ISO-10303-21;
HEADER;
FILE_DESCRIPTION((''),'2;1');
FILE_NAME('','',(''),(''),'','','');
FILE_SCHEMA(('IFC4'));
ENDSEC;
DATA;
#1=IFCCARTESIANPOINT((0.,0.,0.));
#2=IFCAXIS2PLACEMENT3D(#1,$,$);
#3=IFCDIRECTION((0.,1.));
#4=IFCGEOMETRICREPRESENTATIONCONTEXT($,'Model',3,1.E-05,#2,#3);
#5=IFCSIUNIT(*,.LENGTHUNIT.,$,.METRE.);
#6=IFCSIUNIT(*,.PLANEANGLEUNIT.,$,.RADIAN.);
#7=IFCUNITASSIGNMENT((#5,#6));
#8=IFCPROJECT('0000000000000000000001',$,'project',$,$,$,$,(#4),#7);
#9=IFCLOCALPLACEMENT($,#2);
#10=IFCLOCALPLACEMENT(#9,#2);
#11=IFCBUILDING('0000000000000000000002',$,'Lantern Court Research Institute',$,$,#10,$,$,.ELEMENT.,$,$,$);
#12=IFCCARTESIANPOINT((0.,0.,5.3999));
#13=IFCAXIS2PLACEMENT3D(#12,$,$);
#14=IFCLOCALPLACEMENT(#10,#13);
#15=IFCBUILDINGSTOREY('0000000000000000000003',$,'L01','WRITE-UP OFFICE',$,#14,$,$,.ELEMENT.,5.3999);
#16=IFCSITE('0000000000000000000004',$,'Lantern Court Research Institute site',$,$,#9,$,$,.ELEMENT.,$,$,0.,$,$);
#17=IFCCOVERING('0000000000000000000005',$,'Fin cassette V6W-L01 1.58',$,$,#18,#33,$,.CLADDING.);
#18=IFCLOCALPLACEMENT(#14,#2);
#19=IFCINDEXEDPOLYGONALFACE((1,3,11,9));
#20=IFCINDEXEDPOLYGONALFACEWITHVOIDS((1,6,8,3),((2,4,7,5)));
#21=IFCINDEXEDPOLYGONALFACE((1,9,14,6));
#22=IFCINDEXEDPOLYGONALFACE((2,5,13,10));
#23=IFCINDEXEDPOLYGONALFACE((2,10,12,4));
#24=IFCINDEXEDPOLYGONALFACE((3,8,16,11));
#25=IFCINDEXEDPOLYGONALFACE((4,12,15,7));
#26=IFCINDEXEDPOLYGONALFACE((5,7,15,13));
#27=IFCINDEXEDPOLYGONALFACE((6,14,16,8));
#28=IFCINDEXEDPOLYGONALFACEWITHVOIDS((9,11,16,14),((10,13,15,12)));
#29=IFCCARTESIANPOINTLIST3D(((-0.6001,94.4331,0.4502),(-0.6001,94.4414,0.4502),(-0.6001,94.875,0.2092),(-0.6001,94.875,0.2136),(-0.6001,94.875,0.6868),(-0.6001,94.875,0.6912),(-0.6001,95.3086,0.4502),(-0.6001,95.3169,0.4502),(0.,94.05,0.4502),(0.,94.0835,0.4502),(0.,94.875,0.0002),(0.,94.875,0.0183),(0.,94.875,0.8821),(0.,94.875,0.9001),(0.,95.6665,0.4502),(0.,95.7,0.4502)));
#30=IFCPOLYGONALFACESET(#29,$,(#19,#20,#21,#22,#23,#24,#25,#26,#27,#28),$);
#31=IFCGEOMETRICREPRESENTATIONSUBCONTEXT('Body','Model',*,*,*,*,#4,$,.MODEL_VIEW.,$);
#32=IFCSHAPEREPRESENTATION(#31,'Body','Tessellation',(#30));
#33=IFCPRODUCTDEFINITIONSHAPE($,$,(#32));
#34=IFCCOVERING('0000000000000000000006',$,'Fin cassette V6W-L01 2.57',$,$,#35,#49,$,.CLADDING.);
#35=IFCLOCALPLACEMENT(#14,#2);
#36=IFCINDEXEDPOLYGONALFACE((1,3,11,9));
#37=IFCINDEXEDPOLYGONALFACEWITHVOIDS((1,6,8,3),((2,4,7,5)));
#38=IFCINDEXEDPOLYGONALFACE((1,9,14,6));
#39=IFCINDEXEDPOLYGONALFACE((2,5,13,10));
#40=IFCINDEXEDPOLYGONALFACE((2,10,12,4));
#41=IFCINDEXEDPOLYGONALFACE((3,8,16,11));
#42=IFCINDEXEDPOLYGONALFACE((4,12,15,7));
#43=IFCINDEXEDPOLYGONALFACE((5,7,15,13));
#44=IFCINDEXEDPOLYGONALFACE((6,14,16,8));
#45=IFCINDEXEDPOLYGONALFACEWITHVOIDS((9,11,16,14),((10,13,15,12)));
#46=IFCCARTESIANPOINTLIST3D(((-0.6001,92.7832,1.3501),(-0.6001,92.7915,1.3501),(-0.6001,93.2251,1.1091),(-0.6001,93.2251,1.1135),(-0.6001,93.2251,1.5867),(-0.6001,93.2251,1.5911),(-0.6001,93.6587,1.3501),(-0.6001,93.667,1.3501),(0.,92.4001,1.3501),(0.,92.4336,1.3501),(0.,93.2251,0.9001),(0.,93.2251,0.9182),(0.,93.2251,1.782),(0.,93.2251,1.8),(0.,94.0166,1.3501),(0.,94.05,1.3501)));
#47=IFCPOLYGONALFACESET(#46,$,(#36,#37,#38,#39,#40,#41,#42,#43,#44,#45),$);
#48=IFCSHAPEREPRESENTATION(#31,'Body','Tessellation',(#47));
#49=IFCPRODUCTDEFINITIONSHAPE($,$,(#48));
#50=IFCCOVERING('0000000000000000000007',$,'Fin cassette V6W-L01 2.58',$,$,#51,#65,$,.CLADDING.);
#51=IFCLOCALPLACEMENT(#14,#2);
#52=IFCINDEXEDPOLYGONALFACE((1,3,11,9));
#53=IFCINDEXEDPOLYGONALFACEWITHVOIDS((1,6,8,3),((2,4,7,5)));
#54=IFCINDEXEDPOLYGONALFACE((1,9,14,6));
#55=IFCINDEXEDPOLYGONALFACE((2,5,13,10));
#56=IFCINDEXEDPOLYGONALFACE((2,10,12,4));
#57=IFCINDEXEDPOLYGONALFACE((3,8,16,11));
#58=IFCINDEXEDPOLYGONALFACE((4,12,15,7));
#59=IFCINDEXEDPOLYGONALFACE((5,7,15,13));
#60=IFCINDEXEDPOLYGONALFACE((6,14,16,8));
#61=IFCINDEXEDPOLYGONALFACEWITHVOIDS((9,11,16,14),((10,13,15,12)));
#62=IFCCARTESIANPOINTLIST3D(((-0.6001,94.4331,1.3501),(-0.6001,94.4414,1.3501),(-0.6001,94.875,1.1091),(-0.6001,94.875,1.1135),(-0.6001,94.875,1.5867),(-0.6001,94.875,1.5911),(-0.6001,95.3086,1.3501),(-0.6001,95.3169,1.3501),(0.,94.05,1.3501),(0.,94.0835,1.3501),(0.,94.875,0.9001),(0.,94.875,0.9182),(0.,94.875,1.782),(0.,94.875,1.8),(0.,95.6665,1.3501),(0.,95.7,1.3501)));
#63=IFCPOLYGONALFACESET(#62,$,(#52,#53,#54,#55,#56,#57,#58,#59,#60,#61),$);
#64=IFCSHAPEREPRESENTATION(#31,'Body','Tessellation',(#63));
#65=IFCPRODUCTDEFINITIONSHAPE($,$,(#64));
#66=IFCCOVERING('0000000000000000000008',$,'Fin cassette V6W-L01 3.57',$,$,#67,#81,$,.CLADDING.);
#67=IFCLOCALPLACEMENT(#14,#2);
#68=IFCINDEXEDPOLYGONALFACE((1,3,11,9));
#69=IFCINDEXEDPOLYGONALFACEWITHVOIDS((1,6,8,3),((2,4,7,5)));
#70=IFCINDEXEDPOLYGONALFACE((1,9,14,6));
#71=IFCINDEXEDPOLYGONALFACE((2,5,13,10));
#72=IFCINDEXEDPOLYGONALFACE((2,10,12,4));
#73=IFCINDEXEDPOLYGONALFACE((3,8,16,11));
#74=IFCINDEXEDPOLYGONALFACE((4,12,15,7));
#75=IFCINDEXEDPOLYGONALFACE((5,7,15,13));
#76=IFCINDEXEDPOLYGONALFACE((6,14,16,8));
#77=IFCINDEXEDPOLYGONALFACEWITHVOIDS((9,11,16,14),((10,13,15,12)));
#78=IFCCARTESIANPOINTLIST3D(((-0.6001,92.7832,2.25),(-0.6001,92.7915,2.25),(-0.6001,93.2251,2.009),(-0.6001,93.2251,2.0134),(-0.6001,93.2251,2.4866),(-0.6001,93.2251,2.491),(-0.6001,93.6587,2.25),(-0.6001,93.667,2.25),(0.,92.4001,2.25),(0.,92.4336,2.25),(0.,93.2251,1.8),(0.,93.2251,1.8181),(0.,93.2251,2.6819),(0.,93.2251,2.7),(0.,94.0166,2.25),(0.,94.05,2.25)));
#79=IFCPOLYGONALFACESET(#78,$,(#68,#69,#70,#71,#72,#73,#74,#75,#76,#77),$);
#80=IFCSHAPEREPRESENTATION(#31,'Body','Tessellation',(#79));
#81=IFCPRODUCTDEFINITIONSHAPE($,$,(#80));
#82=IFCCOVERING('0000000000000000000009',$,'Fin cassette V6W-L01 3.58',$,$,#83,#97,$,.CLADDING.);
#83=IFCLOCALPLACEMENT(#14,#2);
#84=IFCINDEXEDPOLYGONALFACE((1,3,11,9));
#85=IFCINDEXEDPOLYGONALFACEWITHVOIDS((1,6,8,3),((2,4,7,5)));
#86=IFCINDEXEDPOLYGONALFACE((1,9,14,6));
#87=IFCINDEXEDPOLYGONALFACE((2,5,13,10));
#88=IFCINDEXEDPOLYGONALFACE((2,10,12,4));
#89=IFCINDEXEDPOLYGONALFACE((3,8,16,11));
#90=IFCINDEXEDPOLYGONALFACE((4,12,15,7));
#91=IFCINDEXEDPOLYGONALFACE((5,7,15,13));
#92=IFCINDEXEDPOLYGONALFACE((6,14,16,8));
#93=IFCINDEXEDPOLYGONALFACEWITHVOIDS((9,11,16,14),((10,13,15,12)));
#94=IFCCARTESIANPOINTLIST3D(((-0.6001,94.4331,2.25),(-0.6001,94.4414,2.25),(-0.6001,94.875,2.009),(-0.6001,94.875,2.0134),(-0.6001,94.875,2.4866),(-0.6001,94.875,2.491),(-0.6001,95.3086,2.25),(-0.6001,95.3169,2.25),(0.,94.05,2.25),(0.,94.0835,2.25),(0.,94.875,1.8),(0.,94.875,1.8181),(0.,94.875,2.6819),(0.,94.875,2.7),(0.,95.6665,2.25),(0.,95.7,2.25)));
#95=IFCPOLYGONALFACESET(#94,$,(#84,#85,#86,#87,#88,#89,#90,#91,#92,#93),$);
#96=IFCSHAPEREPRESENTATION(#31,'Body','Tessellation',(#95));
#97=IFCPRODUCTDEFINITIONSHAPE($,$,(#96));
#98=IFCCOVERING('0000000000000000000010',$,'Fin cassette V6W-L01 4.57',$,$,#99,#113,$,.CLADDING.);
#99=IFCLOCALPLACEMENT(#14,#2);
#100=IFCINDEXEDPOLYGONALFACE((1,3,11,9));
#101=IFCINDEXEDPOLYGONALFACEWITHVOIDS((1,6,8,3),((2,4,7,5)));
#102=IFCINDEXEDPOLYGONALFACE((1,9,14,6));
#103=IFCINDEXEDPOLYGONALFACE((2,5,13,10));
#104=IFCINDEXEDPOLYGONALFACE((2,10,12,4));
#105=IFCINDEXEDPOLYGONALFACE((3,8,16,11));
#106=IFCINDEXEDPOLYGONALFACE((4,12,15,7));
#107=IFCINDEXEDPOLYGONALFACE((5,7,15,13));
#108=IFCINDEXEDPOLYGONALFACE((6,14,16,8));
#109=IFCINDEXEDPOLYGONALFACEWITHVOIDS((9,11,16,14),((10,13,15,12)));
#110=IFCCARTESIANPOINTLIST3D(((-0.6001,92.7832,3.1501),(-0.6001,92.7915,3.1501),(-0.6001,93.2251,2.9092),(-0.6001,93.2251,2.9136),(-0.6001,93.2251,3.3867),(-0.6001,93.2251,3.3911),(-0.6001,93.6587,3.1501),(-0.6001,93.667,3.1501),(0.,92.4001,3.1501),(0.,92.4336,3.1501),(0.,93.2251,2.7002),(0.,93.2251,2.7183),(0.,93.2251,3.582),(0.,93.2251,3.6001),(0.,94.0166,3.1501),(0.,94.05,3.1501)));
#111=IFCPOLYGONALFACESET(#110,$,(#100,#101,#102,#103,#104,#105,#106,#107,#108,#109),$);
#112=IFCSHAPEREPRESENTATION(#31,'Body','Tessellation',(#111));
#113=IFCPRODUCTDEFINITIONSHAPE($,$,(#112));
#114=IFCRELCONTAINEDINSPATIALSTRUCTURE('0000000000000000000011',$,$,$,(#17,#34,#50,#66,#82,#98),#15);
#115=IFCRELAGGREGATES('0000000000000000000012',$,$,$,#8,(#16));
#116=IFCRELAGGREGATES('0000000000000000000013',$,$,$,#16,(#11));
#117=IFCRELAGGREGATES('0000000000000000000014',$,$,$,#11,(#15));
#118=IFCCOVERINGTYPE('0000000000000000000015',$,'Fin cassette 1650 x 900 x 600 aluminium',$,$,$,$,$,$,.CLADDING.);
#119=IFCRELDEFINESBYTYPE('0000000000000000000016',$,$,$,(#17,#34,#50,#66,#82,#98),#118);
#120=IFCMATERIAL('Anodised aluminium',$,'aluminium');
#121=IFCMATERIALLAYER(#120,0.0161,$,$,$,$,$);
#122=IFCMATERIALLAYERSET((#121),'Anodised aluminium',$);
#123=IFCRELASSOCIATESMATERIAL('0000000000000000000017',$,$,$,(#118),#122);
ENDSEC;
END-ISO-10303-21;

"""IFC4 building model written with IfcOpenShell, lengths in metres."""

from ifc_helpers import new_model, entity, si_unit, direction, frame, origin, place, context, subcontext, project, spatial, material, layer, layer_set, type_object, element, save


model = new_model("IFC4")

# Units and contexts
model_context = context("Model", 3, precision=1e-05, world=origin(), true_north=direction((0.0, 1.0)))
body_context = subcontext(model_context, "Body", "Model", "MODEL_VIEW")
ifc_project = project(units=[si_unit("LENGTHUNIT", "METRE"), si_unit("PLANEANGLEUNIT", "RADIAN")], contexts=[model_context])

# Site, building, storey
site_placement = place(None, origin())
site = spatial("IfcSite", under=ifc_project, at=site_placement, Name="Lantern Court Research Institute site", CompositionType="ELEMENT", RefElevation=0.0)
building_placement = place(site_placement, origin())
building = spatial("IfcBuilding", under=site, at=building_placement, Name="Lantern Court Research Institute", CompositionType="ELEMENT")
storey_placement = place(building_placement, frame((0.0, 0.0, 5.3999)))
storey = spatial("IfcBuildingStorey", under=building, at=storey_placement, Name="L01", Description="WRITE-UP OFFICE", CompositionType="ELEMENT", Elevation=5.3999)

# Coverings
ifc_material_1 = material(Name="Anodised aluminium", Category="aluminium")
ifc_layer_1 = layer(ifc_material_1, 0.0161)
ifc_layer_set_1 = layer_set([ifc_layer_1], Name="Anodised aluminium")
covering_type = type_object("IfcCoveringType", Name="Fin cassette 1650 x 900 x 600 aluminium", PredefinedType="CLADDING", material=ifc_layer_set_1)
covering_1_placement = place(storey_placement, frame((0.0, 94.875, 0.4502), z_axis=(-1.0, 0.0, 0.0), x_axis=(0.0, -1.0, 0.0)))
cartesian_point_1 = entity("IfcCartesianPoint", [0.825, 0.0])
cartesian_point_2 = entity("IfcCartesianPoint", [0.7915, 0.0])
cartesian_point_3 = entity("IfcCartesianPoint", [0.4419, 0.0])
cartesian_point_4 = entity("IfcCartesianPoint", [0.4336, 0.0])
element("IfcCovering", 1, at=covering_1_placement, inside=storey, type_object=covering_type, Name="Fin cassette V6W-L01 1.58", PredefinedType="CLADDING", context=body_context, shape_type="SweptSolid", body=[
    entity("IfcExtrudedAreaSolidTapered", entity("IfcArbitraryProfileDefWithVoids", "AREA", None, entity("IfcPolyline", [cartesian_point_1, entity("IfcCartesianPoint", [0.0, 0.45]), entity("IfcCartesianPoint", [-0.825, 0.0]), entity("IfcCartesianPoint", [0.0, -0.45]), cartesian_point_1]), [entity("IfcPolyline", [cartesian_point_2, entity("IfcCartesianPoint", [0.0, 0.4319]), entity("IfcCartesianPoint", [-0.7915, 0.0]), entity("IfcCartesianPoint", [0.0, -0.4319]), cartesian_point_2])]), entity("IfcAxis2Placement3D", entity("IfcCartesianPoint", [0.0, 0.0, 0.0])), entity("IfcDirection", [0.0, 0.0, 1.0]), 0.6001, entity("IfcArbitraryProfileDefWithVoids", "AREA", None, entity("IfcPolyline", [cartesian_point_3, entity("IfcCartesianPoint", [0.0, 0.241]), entity("IfcCartesianPoint", [-0.4419, 0.0]), entity("IfcCartesianPoint", [0.0, -0.241]), cartesian_point_3]), [entity("IfcPolyline", [cartesian_point_4, entity("IfcCartesianPoint", [0.0, 0.2366]), entity("IfcCartesianPoint", [-0.4336, 0.0]), entity("IfcCartesianPoint", [0.0, -0.2366]), cartesian_point_4])])),
])
covering_2_placement = place(storey_placement, frame((0.0, 93.2251, 1.3501), z_axis=(-1.0, 0.0, 0.0), x_axis=(0.0, -1.0, 0.0)))
cartesian_point_5 = entity("IfcCartesianPoint", [0.825, 0.0])
cartesian_point_6 = entity("IfcCartesianPoint", [0.7915, 0.0])
cartesian_point_7 = entity("IfcCartesianPoint", [0.4419, 0.0])
cartesian_point_8 = entity("IfcCartesianPoint", [0.4336, 0.0])
element("IfcCovering", 2, at=covering_2_placement, inside=storey, type_object=covering_type, Name="Fin cassette V6W-L01 2.57", PredefinedType="CLADDING", context=body_context, shape_type="SweptSolid", body=[
    entity("IfcExtrudedAreaSolidTapered", entity("IfcArbitraryProfileDefWithVoids", "AREA", None, entity("IfcPolyline", [cartesian_point_5, entity("IfcCartesianPoint", [0.0, 0.45]), entity("IfcCartesianPoint", [-0.825, 0.0]), entity("IfcCartesianPoint", [0.0, -0.45]), cartesian_point_5]), [entity("IfcPolyline", [cartesian_point_6, entity("IfcCartesianPoint", [0.0, 0.4319]), entity("IfcCartesianPoint", [-0.7915, 0.0]), entity("IfcCartesianPoint", [0.0, -0.4319]), cartesian_point_6])]), entity("IfcAxis2Placement3D", entity("IfcCartesianPoint", [0.0, 0.0, 0.0])), entity("IfcDirection", [0.0, 0.0, 1.0]), 0.6001, entity("IfcArbitraryProfileDefWithVoids", "AREA", None, entity("IfcPolyline", [cartesian_point_7, entity("IfcCartesianPoint", [0.0, 0.241]), entity("IfcCartesianPoint", [-0.4419, 0.0]), entity("IfcCartesianPoint", [0.0, -0.241]), cartesian_point_7]), [entity("IfcPolyline", [cartesian_point_8, entity("IfcCartesianPoint", [0.0, 0.2366]), entity("IfcCartesianPoint", [-0.4336, 0.0]), entity("IfcCartesianPoint", [0.0, -0.2366]), cartesian_point_8])])),
])
covering_3_placement = place(storey_placement, frame((0.0, 94.875, 1.3501), z_axis=(-1.0, 0.0, 0.0), x_axis=(0.0, -1.0, 0.0)))
cartesian_point_9 = entity("IfcCartesianPoint", [0.825, 0.0])
cartesian_point_10 = entity("IfcCartesianPoint", [0.7915, 0.0])
cartesian_point_11 = entity("IfcCartesianPoint", [0.4419, 0.0])
cartesian_point_12 = entity("IfcCartesianPoint", [0.4336, 0.0])
element("IfcCovering", 3, at=covering_3_placement, inside=storey, type_object=covering_type, Name="Fin cassette V6W-L01 2.58", PredefinedType="CLADDING", context=body_context, shape_type="SweptSolid", body=[
    entity("IfcExtrudedAreaSolidTapered", entity("IfcArbitraryProfileDefWithVoids", "AREA", None, entity("IfcPolyline", [cartesian_point_9, entity("IfcCartesianPoint", [0.0, 0.45]), entity("IfcCartesianPoint", [-0.825, 0.0]), entity("IfcCartesianPoint", [0.0, -0.45]), cartesian_point_9]), [entity("IfcPolyline", [cartesian_point_10, entity("IfcCartesianPoint", [0.0, 0.4319]), entity("IfcCartesianPoint", [-0.7915, 0.0]), entity("IfcCartesianPoint", [0.0, -0.4319]), cartesian_point_10])]), entity("IfcAxis2Placement3D", entity("IfcCartesianPoint", [0.0, 0.0, 0.0])), entity("IfcDirection", [0.0, 0.0, 1.0]), 0.6001, entity("IfcArbitraryProfileDefWithVoids", "AREA", None, entity("IfcPolyline", [cartesian_point_11, entity("IfcCartesianPoint", [0.0, 0.241]), entity("IfcCartesianPoint", [-0.4419, 0.0]), entity("IfcCartesianPoint", [0.0, -0.241]), cartesian_point_11]), [entity("IfcPolyline", [cartesian_point_12, entity("IfcCartesianPoint", [0.0, 0.2366]), entity("IfcCartesianPoint", [-0.4336, 0.0]), entity("IfcCartesianPoint", [0.0, -0.2366]), cartesian_point_12])])),
])
covering_4_placement = place(storey_placement, frame((0.0, 93.2251, 2.25), z_axis=(-1.0, 0.0, 0.0), x_axis=(0.0, -1.0, 0.0)))
cartesian_point_13 = entity("IfcCartesianPoint", [0.825, 0.0])
cartesian_point_14 = entity("IfcCartesianPoint", [0.7915, 0.0])
cartesian_point_15 = entity("IfcCartesianPoint", [0.4419, 0.0])
cartesian_point_16 = entity("IfcCartesianPoint", [0.4336, 0.0])
element("IfcCovering", 4, at=covering_4_placement, inside=storey, type_object=covering_type, Name="Fin cassette V6W-L01 3.57", PredefinedType="CLADDING", context=body_context, shape_type="SweptSolid", body=[
    entity("IfcExtrudedAreaSolidTapered", entity("IfcArbitraryProfileDefWithVoids", "AREA", None, entity("IfcPolyline", [cartesian_point_13, entity("IfcCartesianPoint", [0.0, 0.45]), entity("IfcCartesianPoint", [-0.825, 0.0]), entity("IfcCartesianPoint", [0.0, -0.45]), cartesian_point_13]), [entity("IfcPolyline", [cartesian_point_14, entity("IfcCartesianPoint", [0.0, 0.4319]), entity("IfcCartesianPoint", [-0.7915, 0.0]), entity("IfcCartesianPoint", [0.0, -0.4319]), cartesian_point_14])]), entity("IfcAxis2Placement3D", entity("IfcCartesianPoint", [0.0, 0.0, 0.0])), entity("IfcDirection", [0.0, 0.0, 1.0]), 0.6001, entity("IfcArbitraryProfileDefWithVoids", "AREA", None, entity("IfcPolyline", [cartesian_point_15, entity("IfcCartesianPoint", [0.0, 0.241]), entity("IfcCartesianPoint", [-0.4419, 0.0]), entity("IfcCartesianPoint", [0.0, -0.241]), cartesian_point_15]), [entity("IfcPolyline", [cartesian_point_16, entity("IfcCartesianPoint", [0.0, 0.2366]), entity("IfcCartesianPoint", [-0.4336, 0.0]), entity("IfcCartesianPoint", [0.0, -0.2366]), cartesian_point_16])])),
])
covering_5_placement = place(storey_placement, frame((0.0, 94.875, 2.25), z_axis=(-1.0, 0.0, 0.0), x_axis=(0.0, -1.0, 0.0)))
cartesian_point_17 = entity("IfcCartesianPoint", [0.825, 0.0])
cartesian_point_18 = entity("IfcCartesianPoint", [0.7915, 0.0])
cartesian_point_19 = entity("IfcCartesianPoint", [0.4419, 0.0])
cartesian_point_20 = entity("IfcCartesianPoint", [0.4336, 0.0])
element("IfcCovering", 5, at=covering_5_placement, inside=storey, type_object=covering_type, Name="Fin cassette V6W-L01 3.58", PredefinedType="CLADDING", context=body_context, shape_type="SweptSolid", body=[
    entity("IfcExtrudedAreaSolidTapered", entity("IfcArbitraryProfileDefWithVoids", "AREA", None, entity("IfcPolyline", [cartesian_point_17, entity("IfcCartesianPoint", [0.0, 0.45]), entity("IfcCartesianPoint", [-0.825, 0.0]), entity("IfcCartesianPoint", [0.0, -0.45]), cartesian_point_17]), [entity("IfcPolyline", [cartesian_point_18, entity("IfcCartesianPoint", [0.0, 0.4319]), entity("IfcCartesianPoint", [-0.7915, 0.0]), entity("IfcCartesianPoint", [0.0, -0.4319]), cartesian_point_18])]), entity("IfcAxis2Placement3D", entity("IfcCartesianPoint", [0.0, 0.0, 0.0])), entity("IfcDirection", [0.0, 0.0, 1.0]), 0.6001, entity("IfcArbitraryProfileDefWithVoids", "AREA", None, entity("IfcPolyline", [cartesian_point_19, entity("IfcCartesianPoint", [0.0, 0.241]), entity("IfcCartesianPoint", [-0.4419, 0.0]), entity("IfcCartesianPoint", [0.0, -0.241]), cartesian_point_19]), [entity("IfcPolyline", [cartesian_point_20, entity("IfcCartesianPoint", [0.0, 0.2366]), entity("IfcCartesianPoint", [-0.4336, 0.0]), entity("IfcCartesianPoint", [0.0, -0.2366]), cartesian_point_20])])),
])
covering_6_placement = place(storey_placement, frame((0.0, 93.2251, 3.1501), z_axis=(-1.0, 0.0, 0.0), x_axis=(0.0, -1.0, 0.0)))
cartesian_point_21 = entity("IfcCartesianPoint", [0.825, 0.0])
cartesian_point_22 = entity("IfcCartesianPoint", [0.7915, 0.0])
cartesian_point_23 = entity("IfcCartesianPoint", [0.4419, 0.0])
cartesian_point_24 = entity("IfcCartesianPoint", [0.4336, 0.0])
element("IfcCovering", 6, at=covering_6_placement, inside=storey, type_object=covering_type, Name="Fin cassette V6W-L01 4.57", PredefinedType="CLADDING", context=body_context, shape_type="SweptSolid", body=[
    entity("IfcExtrudedAreaSolidTapered", entity("IfcArbitraryProfileDefWithVoids", "AREA", None, entity("IfcPolyline", [cartesian_point_21, entity("IfcCartesianPoint", [0.0, 0.45]), entity("IfcCartesianPoint", [-0.825, 0.0]), entity("IfcCartesianPoint", [0.0, -0.45]), cartesian_point_21]), [entity("IfcPolyline", [cartesian_point_22, entity("IfcCartesianPoint", [0.0, 0.4319]), entity("IfcCartesianPoint", [-0.7915, 0.0]), entity("IfcCartesianPoint", [0.0, -0.4319]), cartesian_point_22])]), entity("IfcAxis2Placement3D", entity("IfcCartesianPoint", [0.0, 0.0, 0.0])), entity("IfcDirection", [0.0, 0.0, 1.0]), 0.6001, entity("IfcArbitraryProfileDefWithVoids", "AREA", None, entity("IfcPolyline", [cartesian_point_23, entity("IfcCartesianPoint", [0.0, 0.241]), entity("IfcCartesianPoint", [-0.4419, 0.0]), entity("IfcCartesianPoint", [0.0, -0.241]), cartesian_point_23]), [entity("IfcPolyline", [cartesian_point_24, entity("IfcCartesianPoint", [0.0, 0.2366]), entity("IfcCartesianPoint", [-0.4336, 0.0]), entity("IfcCartesianPoint", [0.0, -0.2366]), cartesian_point_24])])),
])

save(model, "model.ifc")
